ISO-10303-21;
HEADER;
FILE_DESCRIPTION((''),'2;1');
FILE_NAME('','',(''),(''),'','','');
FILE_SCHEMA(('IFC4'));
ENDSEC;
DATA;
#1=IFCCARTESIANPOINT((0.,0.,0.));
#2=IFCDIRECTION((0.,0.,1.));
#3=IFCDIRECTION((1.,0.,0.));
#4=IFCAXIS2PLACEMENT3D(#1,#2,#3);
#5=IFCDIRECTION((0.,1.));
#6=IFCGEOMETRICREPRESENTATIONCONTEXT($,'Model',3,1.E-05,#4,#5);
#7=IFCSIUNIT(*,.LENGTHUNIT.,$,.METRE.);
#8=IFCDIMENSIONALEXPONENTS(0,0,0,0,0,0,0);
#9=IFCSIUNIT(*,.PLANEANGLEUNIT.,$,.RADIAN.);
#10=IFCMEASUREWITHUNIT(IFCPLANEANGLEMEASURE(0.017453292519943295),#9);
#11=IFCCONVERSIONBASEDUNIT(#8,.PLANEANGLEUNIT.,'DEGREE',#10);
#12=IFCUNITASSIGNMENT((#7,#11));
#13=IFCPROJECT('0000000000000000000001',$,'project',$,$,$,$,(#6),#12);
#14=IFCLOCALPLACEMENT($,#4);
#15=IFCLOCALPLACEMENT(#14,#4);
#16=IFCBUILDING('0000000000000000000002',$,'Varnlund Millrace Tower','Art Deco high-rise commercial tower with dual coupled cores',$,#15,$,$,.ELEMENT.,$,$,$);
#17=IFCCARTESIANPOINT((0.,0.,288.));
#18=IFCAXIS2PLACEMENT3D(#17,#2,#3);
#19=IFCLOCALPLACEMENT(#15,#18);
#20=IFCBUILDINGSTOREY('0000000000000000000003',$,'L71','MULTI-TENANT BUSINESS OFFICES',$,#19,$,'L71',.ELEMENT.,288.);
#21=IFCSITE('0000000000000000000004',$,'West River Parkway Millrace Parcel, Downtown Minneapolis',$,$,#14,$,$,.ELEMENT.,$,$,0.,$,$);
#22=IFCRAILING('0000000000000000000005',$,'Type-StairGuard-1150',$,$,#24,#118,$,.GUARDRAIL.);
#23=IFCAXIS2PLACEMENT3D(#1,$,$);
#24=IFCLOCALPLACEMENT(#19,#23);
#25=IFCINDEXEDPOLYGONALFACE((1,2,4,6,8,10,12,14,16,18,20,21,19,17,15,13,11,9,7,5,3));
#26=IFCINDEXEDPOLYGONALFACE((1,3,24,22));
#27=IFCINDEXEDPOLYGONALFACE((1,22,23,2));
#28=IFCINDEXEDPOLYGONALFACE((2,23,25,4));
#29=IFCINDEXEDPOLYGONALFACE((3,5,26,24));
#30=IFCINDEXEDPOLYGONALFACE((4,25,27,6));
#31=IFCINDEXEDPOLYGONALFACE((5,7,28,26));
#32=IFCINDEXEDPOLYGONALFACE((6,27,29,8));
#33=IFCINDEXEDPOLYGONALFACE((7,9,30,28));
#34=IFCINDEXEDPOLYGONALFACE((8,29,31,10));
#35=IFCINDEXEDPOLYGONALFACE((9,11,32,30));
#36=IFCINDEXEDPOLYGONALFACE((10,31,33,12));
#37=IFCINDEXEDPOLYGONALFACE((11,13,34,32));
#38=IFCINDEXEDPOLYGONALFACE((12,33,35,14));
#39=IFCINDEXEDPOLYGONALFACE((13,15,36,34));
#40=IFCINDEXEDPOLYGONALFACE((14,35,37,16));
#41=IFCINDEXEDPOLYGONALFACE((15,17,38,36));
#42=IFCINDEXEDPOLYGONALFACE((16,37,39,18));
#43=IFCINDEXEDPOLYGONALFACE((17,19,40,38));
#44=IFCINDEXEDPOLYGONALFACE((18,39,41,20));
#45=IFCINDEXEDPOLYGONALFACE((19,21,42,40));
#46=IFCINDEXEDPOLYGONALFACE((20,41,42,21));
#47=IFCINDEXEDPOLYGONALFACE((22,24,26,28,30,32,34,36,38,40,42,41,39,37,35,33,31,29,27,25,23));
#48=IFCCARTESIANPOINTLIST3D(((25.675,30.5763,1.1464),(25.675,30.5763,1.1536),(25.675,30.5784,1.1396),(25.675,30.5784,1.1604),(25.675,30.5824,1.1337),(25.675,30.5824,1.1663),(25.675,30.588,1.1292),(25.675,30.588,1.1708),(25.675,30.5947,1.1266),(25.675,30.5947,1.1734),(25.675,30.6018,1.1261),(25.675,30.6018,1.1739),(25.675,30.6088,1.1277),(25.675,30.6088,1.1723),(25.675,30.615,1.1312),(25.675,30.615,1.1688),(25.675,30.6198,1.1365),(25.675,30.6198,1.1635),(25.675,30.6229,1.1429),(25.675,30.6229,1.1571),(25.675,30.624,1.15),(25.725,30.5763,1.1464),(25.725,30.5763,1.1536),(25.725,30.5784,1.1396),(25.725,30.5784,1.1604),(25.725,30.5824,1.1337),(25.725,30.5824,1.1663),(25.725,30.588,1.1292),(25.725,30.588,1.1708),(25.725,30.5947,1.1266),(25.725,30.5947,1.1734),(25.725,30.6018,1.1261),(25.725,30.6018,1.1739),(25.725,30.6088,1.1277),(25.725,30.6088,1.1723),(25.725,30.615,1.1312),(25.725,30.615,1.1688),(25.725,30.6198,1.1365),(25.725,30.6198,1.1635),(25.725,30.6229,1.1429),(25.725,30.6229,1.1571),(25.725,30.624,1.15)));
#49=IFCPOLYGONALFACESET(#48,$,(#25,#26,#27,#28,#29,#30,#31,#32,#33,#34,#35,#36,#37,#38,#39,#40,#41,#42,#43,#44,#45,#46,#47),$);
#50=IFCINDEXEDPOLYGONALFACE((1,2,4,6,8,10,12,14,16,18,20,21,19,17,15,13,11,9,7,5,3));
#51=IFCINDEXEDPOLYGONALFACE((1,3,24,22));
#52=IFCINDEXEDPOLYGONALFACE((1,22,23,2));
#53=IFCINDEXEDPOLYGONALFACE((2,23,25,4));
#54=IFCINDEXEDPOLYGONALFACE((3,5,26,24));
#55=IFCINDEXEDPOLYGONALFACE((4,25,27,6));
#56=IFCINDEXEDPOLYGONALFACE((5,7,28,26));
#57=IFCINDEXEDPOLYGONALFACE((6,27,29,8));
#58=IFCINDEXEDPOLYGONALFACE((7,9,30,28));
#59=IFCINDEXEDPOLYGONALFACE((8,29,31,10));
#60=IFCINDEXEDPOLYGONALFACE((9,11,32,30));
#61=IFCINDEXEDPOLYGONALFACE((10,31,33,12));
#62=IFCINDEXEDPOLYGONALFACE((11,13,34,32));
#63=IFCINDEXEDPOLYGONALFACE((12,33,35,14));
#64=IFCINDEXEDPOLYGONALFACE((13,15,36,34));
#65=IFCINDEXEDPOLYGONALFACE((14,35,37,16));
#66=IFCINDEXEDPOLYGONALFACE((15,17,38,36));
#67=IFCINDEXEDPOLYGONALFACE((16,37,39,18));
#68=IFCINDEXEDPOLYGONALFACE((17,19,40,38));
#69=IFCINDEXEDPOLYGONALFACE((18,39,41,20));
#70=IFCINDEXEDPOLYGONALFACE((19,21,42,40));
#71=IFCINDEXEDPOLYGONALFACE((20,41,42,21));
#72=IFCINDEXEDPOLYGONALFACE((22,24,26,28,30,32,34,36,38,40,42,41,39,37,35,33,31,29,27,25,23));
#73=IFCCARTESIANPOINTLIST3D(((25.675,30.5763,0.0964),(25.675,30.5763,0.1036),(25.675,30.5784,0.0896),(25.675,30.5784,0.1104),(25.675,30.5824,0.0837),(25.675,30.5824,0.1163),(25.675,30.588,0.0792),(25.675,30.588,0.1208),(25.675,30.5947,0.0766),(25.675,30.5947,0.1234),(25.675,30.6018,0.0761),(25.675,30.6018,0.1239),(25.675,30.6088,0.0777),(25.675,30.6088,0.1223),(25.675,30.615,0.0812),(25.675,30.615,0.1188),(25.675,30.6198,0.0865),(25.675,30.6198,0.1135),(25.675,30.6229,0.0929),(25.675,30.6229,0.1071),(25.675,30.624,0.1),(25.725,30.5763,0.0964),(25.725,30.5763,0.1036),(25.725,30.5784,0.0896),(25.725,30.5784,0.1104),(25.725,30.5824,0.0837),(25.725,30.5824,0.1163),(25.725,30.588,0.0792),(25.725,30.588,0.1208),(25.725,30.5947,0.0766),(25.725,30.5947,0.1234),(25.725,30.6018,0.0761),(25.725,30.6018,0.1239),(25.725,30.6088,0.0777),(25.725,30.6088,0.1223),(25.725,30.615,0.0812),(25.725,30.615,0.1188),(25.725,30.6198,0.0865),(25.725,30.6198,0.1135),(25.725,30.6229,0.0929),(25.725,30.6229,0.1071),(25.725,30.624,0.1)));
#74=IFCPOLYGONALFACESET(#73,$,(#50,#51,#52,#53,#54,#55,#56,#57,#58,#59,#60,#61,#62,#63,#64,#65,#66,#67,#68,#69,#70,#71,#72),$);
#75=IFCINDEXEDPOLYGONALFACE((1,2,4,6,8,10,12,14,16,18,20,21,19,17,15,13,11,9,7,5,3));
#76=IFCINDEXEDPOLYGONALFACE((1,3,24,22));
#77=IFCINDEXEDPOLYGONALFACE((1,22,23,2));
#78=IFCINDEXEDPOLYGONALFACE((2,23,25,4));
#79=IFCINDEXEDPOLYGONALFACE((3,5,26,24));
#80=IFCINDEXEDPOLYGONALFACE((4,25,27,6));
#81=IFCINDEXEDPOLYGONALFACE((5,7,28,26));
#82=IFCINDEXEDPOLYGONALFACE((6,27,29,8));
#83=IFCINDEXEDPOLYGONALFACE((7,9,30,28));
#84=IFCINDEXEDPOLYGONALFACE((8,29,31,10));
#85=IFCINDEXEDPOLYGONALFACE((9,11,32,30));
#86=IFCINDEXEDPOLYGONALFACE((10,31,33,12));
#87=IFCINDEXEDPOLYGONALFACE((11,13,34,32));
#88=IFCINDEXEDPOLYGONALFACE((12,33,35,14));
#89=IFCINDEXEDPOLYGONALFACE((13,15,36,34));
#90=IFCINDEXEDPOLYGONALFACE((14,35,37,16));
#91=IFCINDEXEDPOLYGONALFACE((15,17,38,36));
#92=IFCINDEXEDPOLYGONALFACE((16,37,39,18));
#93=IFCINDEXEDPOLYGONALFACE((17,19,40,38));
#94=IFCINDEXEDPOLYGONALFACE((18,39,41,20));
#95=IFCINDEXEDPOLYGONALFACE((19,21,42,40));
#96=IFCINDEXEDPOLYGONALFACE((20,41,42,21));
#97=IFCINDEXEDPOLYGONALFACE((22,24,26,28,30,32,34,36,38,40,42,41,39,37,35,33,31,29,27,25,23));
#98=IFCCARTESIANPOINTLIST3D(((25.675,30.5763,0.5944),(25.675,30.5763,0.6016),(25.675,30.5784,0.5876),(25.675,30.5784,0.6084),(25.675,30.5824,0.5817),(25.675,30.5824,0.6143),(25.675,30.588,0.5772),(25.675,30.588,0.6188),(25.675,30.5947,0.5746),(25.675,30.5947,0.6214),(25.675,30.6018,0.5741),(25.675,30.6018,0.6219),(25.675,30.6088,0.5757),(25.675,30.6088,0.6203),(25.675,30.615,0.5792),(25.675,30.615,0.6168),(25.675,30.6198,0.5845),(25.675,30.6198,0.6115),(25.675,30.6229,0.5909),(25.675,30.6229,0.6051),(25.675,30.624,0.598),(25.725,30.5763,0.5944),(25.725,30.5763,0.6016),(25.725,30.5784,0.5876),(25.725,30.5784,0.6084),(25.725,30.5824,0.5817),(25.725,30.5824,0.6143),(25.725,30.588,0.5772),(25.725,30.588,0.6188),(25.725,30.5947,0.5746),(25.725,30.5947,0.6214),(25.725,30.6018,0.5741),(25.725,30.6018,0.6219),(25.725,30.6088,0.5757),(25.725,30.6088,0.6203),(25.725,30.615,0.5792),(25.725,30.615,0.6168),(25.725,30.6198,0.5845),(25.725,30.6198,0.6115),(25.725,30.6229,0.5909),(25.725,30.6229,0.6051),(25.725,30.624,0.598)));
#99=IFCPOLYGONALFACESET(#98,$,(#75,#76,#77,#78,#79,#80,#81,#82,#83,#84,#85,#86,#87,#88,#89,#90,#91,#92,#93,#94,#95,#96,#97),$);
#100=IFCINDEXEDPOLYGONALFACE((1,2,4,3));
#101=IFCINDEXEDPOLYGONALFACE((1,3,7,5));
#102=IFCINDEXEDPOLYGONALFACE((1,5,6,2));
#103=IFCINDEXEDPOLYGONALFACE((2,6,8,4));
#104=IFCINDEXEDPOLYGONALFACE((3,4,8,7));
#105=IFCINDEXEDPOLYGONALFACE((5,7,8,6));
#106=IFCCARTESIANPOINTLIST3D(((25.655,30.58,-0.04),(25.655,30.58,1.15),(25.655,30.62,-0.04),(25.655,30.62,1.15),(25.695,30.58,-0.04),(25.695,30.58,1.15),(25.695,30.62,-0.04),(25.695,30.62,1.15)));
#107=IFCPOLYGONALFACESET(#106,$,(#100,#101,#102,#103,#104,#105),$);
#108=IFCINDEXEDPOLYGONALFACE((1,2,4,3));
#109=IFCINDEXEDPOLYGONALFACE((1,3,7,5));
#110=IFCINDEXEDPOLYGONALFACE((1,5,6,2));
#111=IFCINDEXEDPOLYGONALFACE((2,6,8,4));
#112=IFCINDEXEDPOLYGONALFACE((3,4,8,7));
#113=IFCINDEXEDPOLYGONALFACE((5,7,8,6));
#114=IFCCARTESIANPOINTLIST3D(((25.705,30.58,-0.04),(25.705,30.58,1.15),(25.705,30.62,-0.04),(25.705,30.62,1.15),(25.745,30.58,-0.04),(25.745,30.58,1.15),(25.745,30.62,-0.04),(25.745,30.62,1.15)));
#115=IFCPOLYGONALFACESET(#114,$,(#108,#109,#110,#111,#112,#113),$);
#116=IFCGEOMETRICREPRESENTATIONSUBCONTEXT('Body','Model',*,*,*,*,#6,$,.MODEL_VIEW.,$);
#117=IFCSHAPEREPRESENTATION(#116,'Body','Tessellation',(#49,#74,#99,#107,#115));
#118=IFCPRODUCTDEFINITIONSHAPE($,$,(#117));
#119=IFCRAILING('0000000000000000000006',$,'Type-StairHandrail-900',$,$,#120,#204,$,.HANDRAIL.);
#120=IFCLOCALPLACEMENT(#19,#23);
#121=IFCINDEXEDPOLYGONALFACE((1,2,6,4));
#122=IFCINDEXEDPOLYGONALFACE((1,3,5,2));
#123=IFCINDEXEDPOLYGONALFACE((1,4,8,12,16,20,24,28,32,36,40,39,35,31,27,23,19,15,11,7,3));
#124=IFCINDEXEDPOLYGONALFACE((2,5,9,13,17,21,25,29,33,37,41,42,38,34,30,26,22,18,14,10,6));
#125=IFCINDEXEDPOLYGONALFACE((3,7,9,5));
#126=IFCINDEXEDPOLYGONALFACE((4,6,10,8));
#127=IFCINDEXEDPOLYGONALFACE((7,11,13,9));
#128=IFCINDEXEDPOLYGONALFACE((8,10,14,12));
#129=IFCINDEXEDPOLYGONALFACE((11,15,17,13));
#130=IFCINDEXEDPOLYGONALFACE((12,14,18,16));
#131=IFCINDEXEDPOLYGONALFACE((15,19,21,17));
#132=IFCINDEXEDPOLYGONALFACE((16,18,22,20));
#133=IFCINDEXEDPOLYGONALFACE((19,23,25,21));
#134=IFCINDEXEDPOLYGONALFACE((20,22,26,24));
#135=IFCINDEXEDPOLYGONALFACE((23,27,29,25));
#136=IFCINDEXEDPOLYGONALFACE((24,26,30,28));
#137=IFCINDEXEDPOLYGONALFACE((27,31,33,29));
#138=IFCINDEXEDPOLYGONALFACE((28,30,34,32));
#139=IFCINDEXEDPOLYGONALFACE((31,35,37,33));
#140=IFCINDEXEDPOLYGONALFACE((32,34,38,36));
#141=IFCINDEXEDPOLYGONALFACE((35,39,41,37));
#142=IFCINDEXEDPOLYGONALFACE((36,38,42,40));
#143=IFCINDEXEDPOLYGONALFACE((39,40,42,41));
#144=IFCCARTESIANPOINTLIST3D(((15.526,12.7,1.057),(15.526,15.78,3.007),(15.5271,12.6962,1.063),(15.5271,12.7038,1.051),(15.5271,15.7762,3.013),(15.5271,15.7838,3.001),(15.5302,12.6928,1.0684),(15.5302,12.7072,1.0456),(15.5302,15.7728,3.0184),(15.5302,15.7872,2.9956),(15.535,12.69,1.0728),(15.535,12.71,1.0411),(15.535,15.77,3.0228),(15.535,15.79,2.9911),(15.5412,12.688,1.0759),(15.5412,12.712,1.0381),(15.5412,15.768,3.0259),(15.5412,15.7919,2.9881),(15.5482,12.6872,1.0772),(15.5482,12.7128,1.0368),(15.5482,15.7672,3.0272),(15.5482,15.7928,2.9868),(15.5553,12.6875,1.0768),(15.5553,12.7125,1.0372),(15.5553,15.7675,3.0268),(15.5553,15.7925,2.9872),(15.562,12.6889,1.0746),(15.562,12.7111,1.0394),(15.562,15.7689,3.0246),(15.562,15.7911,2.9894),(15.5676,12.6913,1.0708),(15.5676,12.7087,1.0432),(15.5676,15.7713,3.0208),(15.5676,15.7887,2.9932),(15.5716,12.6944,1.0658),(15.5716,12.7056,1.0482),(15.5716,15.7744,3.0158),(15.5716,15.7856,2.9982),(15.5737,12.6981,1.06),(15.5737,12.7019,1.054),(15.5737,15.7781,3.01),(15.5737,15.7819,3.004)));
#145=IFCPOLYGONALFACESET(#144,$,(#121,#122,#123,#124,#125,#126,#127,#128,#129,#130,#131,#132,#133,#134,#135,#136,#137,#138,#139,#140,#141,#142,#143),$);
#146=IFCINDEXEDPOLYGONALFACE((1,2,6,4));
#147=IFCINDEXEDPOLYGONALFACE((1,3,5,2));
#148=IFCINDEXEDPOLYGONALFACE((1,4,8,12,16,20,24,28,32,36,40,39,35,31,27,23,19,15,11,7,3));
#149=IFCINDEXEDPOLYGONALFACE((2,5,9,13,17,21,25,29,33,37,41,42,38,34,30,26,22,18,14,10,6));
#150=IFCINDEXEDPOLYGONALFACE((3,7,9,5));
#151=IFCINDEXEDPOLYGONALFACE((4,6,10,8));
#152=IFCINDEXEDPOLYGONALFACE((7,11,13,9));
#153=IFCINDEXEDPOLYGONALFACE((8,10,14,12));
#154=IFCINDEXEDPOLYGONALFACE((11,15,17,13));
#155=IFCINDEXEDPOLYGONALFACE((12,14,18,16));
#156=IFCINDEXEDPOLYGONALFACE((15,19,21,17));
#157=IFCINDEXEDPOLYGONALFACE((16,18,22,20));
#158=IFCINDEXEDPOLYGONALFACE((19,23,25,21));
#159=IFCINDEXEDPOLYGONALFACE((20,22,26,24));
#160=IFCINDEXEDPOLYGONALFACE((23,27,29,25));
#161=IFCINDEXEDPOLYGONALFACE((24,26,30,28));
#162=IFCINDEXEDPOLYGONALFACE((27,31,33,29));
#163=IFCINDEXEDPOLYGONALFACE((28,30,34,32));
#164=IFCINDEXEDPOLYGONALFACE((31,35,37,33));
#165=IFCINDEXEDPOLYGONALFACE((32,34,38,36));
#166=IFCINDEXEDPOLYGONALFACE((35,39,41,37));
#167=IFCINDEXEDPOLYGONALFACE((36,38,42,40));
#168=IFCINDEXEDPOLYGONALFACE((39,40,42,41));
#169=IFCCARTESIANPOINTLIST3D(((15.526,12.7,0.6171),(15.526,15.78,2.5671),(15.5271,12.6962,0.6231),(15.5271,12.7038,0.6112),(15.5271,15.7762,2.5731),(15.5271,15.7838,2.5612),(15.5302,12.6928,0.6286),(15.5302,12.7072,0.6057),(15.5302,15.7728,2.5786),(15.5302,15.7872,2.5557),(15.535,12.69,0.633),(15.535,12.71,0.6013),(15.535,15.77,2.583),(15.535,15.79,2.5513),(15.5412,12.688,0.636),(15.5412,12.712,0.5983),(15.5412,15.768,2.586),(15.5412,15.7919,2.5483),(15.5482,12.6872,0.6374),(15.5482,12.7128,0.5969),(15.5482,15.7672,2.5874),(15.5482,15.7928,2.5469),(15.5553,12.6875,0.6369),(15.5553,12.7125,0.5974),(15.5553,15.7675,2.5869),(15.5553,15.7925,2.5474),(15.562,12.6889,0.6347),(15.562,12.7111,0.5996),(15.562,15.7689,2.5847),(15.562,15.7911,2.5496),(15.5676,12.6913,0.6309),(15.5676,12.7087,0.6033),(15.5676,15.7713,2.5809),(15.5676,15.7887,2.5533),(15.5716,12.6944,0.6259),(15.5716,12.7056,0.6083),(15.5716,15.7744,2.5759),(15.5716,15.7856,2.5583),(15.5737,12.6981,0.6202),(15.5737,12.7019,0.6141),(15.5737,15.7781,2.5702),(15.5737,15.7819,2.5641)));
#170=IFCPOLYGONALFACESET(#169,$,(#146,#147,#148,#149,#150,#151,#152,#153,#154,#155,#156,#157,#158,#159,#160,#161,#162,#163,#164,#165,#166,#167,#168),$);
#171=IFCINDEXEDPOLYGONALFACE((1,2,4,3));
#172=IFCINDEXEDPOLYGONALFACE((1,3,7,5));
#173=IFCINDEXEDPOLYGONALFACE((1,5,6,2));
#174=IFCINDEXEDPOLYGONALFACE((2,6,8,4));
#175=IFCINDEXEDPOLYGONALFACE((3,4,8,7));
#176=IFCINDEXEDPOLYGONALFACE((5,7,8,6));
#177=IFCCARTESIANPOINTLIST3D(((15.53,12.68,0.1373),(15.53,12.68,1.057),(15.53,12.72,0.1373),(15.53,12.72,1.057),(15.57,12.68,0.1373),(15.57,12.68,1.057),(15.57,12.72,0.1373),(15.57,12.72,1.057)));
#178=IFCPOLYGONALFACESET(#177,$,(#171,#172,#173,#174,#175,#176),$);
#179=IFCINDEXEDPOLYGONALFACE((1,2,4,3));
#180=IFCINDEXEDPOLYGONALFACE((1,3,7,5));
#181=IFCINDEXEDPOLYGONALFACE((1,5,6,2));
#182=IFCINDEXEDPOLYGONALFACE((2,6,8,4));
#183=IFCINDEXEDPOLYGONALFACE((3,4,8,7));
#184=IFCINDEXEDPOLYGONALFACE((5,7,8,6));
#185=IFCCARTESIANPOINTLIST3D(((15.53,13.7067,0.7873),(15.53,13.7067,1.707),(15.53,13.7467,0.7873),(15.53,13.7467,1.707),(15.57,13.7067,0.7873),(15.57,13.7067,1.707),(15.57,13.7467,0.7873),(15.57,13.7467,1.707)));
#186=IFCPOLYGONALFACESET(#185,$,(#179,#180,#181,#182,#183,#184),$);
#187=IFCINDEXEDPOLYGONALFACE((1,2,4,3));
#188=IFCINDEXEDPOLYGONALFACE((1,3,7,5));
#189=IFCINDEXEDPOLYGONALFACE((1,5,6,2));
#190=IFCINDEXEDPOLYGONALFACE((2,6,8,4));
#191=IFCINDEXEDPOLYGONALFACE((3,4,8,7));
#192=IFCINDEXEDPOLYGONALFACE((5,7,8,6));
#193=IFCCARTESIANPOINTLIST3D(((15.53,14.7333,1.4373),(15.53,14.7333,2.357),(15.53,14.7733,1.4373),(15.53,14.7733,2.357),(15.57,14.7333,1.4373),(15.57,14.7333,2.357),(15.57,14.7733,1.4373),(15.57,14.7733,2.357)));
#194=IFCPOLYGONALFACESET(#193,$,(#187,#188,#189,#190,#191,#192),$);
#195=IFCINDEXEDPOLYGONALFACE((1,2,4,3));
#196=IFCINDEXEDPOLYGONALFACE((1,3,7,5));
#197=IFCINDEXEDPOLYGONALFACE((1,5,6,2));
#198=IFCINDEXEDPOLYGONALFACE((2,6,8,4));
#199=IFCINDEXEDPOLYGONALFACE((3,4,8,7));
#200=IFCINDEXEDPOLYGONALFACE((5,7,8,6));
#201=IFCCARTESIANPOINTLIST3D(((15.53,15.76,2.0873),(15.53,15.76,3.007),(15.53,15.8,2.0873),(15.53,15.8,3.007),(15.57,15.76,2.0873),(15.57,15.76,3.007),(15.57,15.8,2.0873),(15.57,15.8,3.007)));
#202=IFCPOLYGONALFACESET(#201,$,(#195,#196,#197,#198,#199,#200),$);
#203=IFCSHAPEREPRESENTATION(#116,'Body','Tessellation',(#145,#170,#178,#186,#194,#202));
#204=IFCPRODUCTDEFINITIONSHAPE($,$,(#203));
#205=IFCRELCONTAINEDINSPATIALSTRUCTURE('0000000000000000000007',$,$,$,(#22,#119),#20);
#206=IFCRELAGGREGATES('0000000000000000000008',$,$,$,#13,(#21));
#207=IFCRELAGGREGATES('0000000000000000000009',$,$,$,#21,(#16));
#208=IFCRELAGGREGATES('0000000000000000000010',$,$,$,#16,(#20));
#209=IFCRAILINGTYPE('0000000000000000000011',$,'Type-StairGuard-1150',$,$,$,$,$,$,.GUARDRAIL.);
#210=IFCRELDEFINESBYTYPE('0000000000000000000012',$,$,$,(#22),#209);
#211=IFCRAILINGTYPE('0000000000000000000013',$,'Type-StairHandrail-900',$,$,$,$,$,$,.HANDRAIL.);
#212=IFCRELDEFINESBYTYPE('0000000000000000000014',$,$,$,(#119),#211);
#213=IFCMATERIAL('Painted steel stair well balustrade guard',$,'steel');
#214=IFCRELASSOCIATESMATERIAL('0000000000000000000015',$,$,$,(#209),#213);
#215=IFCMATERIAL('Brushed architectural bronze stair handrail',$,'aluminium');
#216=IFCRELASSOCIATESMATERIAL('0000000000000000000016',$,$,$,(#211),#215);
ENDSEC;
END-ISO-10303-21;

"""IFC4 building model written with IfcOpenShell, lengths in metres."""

from ifc_helpers import new_model, entity, si_unit, converted_unit, direction, frame, origin_with_axes, origin_2d_with_axis, place, context, subcontext, project, spatial, rectangle, circle, extrude, material, type_object, element, save


model = new_model("IFC4")

# Units and contexts
model_context = context("Model", 3, precision=1e-05, world=origin_with_axes(), true_north=direction((0.0, 1.0)))
body_context = subcontext(model_context, "Body", "Model", "MODEL_VIEW")
ifc_project = project(units=[si_unit("LENGTHUNIT", "METRE"), converted_unit("PLANEANGLEUNIT", "DEGREE", entity("IfcPlaneAngleMeasure", 0.017453292519943295), si_unit("PLANEANGLEUNIT", "RADIAN"), dimensions=[0, 0, 0, 0, 0, 0, 0])], contexts=[model_context])

# Site, building, storey
site_placement = place(None, origin_with_axes())
site = spatial("IfcSite", under=ifc_project, at=site_placement, Name="West River Parkway Millrace Parcel, Downtown Minneapolis", CompositionType="ELEMENT", RefElevation=0.0)
building_placement = place(site_placement, origin_with_axes())
building = spatial("IfcBuilding", under=site, at=building_placement, Name="Varnlund Millrace Tower", Description="Art Deco high-rise commercial tower with dual coupled cores", CompositionType="ELEMENT")
storey_placement = place(building_placement, frame((0.0, 0.0, 288.0), z_axis=(0.0, 0.0, 1.0), x_axis=(1.0, 0.0, 0.0)))
storey = spatial("IfcBuildingStorey", under=building, at=storey_placement, Name="L71", Description="MULTI-TENANT BUSINESS OFFICES", LongName="L71", CompositionType="ELEMENT", Elevation=288.0)

# Railings
ifc_material_1 = material(Name="Painted steel stair well balustrade guard", Category="steel")
railing_type_1 = type_object("IfcRailingType", Name="Type-StairGuard-1150", PredefinedType="GUARDRAIL", material=ifc_material_1)
railing_1_placement = place(storey_placement, frame((0.0, 0.0, -288.0), z_axis=(0.0, 0.0, 1.0), x_axis=(1.0, 0.0, 0.0)))
element("IfcRailing", 1, at=railing_1_placement, inside=storey, type_object=railing_type_1, Name="Type-StairGuard-1150", PredefinedType="GUARDRAIL", context=body_context, shape_type="SweptSolid", body=[
    extrude(circle(Radius=0.024, at=origin_2d_with_axis()), frame((25.675, 30.6, 289.15), z_axis=(1.0, 0.0, 0.0), x_axis=(0.0, 1.0, 0.0)), (0.0, 0.0, 1.0), 0.05),
    extrude(circle(Radius=0.024, at=origin_2d_with_axis()), frame((25.675, 30.6, 288.1), z_axis=(1.0, 0.0, 0.0), x_axis=(0.0, 1.0, 0.0)), (0.0, 0.0, 1.0), 0.05),
    extrude(circle(Radius=0.024, at=origin_2d_with_axis()), frame((25.675, 30.6, 288.598), z_axis=(1.0, 0.0, 0.0), x_axis=(0.0, 1.0, 0.0)), (0.0, 0.0, 1.0), 0.05),
    extrude(rectangle(XDim=0.04, YDim=0.04, at=origin_2d_with_axis()), frame((25.675, 30.6, 287.96), z_axis=(0.0, 0.0, 1.0), x_axis=(1.0, 0.0, 0.0)), (0.0, 0.0, 1.0), 1.19),
    extrude(rectangle(XDim=0.04, YDim=0.04, at=origin_2d_with_axis()), frame((25.725, 30.6, 287.96), z_axis=(0.0, 0.0, 1.0), x_axis=(1.0, 0.0, 0.0)), (0.0, 0.0, 1.0), 1.19),
])
ifc_material_2 = material(Name="Brushed architectural bronze stair handrail", Category="aluminium")
railing_type_2 = type_object("IfcRailingType", Name="Type-StairHandrail-900", PredefinedType="HANDRAIL", material=ifc_material_2)
railing_2_placement = place(storey_placement, frame((0.0, 0.0, -288.0), z_axis=(0.0, 0.0, 1.0), x_axis=(1.0, 0.0, 0.0)))
element("IfcRailing", 2, at=railing_2_placement, inside=storey, type_object=railing_type_2, Name="Type-StairHandrail-900", PredefinedType="HANDRAIL", context=body_context, shape_type="SweptSolid", body=[
    extrude(circle(Radius=0.024, at=origin_2d_with_axis()), frame((15.55, 12.7, 289.057), z_axis=(0.0, 0.844902, 0.534922), x_axis=(-1.0, 0.0, 0.0)), (0.0, 0.0, 1.0), 3.6454),
    extrude(circle(Radius=0.024, at=origin_2d_with_axis()), frame((15.55, 12.7, 288.6171), z_axis=(0.0, 0.844902, 0.534922), x_axis=(-1.0, 0.0, 0.0)), (0.0, 0.0, 1.0), 3.6454),
    extrude(rectangle(XDim=0.04, YDim=0.04, at=origin_2d_with_axis()), frame((15.55, 12.7, 288.1373), z_axis=(0.0, 0.0, 1.0), x_axis=(1.0, 0.0, 0.0)), (0.0, 0.0, 1.0), 0.9197),
    extrude(rectangle(XDim=0.04, YDim=0.04, at=origin_2d_with_axis()), frame((15.55, 13.7267, 288.7873), z_axis=(0.0, 0.0, 1.0), x_axis=(1.0, 0.0, 0.0)), (0.0, 0.0, 1.0), 0.9197),
    extrude(rectangle(XDim=0.04, YDim=0.04, at=origin_2d_with_axis()), frame((15.55, 14.7533, 289.4373), z_axis=(0.0, 0.0, 1.0), x_axis=(1.0, 0.0, 0.0)), (0.0, 0.0, 1.0), 0.9197),
    extrude(rectangle(XDim=0.04, YDim=0.04, at=origin_2d_with_axis()), frame((15.55, 15.78, 290.0873), z_axis=(0.0, 0.0, 1.0), x_axis=(1.0, 0.0, 0.0)), (0.0, 0.0, 1.0), 0.9197),
])

save(model, "model.ifc")
